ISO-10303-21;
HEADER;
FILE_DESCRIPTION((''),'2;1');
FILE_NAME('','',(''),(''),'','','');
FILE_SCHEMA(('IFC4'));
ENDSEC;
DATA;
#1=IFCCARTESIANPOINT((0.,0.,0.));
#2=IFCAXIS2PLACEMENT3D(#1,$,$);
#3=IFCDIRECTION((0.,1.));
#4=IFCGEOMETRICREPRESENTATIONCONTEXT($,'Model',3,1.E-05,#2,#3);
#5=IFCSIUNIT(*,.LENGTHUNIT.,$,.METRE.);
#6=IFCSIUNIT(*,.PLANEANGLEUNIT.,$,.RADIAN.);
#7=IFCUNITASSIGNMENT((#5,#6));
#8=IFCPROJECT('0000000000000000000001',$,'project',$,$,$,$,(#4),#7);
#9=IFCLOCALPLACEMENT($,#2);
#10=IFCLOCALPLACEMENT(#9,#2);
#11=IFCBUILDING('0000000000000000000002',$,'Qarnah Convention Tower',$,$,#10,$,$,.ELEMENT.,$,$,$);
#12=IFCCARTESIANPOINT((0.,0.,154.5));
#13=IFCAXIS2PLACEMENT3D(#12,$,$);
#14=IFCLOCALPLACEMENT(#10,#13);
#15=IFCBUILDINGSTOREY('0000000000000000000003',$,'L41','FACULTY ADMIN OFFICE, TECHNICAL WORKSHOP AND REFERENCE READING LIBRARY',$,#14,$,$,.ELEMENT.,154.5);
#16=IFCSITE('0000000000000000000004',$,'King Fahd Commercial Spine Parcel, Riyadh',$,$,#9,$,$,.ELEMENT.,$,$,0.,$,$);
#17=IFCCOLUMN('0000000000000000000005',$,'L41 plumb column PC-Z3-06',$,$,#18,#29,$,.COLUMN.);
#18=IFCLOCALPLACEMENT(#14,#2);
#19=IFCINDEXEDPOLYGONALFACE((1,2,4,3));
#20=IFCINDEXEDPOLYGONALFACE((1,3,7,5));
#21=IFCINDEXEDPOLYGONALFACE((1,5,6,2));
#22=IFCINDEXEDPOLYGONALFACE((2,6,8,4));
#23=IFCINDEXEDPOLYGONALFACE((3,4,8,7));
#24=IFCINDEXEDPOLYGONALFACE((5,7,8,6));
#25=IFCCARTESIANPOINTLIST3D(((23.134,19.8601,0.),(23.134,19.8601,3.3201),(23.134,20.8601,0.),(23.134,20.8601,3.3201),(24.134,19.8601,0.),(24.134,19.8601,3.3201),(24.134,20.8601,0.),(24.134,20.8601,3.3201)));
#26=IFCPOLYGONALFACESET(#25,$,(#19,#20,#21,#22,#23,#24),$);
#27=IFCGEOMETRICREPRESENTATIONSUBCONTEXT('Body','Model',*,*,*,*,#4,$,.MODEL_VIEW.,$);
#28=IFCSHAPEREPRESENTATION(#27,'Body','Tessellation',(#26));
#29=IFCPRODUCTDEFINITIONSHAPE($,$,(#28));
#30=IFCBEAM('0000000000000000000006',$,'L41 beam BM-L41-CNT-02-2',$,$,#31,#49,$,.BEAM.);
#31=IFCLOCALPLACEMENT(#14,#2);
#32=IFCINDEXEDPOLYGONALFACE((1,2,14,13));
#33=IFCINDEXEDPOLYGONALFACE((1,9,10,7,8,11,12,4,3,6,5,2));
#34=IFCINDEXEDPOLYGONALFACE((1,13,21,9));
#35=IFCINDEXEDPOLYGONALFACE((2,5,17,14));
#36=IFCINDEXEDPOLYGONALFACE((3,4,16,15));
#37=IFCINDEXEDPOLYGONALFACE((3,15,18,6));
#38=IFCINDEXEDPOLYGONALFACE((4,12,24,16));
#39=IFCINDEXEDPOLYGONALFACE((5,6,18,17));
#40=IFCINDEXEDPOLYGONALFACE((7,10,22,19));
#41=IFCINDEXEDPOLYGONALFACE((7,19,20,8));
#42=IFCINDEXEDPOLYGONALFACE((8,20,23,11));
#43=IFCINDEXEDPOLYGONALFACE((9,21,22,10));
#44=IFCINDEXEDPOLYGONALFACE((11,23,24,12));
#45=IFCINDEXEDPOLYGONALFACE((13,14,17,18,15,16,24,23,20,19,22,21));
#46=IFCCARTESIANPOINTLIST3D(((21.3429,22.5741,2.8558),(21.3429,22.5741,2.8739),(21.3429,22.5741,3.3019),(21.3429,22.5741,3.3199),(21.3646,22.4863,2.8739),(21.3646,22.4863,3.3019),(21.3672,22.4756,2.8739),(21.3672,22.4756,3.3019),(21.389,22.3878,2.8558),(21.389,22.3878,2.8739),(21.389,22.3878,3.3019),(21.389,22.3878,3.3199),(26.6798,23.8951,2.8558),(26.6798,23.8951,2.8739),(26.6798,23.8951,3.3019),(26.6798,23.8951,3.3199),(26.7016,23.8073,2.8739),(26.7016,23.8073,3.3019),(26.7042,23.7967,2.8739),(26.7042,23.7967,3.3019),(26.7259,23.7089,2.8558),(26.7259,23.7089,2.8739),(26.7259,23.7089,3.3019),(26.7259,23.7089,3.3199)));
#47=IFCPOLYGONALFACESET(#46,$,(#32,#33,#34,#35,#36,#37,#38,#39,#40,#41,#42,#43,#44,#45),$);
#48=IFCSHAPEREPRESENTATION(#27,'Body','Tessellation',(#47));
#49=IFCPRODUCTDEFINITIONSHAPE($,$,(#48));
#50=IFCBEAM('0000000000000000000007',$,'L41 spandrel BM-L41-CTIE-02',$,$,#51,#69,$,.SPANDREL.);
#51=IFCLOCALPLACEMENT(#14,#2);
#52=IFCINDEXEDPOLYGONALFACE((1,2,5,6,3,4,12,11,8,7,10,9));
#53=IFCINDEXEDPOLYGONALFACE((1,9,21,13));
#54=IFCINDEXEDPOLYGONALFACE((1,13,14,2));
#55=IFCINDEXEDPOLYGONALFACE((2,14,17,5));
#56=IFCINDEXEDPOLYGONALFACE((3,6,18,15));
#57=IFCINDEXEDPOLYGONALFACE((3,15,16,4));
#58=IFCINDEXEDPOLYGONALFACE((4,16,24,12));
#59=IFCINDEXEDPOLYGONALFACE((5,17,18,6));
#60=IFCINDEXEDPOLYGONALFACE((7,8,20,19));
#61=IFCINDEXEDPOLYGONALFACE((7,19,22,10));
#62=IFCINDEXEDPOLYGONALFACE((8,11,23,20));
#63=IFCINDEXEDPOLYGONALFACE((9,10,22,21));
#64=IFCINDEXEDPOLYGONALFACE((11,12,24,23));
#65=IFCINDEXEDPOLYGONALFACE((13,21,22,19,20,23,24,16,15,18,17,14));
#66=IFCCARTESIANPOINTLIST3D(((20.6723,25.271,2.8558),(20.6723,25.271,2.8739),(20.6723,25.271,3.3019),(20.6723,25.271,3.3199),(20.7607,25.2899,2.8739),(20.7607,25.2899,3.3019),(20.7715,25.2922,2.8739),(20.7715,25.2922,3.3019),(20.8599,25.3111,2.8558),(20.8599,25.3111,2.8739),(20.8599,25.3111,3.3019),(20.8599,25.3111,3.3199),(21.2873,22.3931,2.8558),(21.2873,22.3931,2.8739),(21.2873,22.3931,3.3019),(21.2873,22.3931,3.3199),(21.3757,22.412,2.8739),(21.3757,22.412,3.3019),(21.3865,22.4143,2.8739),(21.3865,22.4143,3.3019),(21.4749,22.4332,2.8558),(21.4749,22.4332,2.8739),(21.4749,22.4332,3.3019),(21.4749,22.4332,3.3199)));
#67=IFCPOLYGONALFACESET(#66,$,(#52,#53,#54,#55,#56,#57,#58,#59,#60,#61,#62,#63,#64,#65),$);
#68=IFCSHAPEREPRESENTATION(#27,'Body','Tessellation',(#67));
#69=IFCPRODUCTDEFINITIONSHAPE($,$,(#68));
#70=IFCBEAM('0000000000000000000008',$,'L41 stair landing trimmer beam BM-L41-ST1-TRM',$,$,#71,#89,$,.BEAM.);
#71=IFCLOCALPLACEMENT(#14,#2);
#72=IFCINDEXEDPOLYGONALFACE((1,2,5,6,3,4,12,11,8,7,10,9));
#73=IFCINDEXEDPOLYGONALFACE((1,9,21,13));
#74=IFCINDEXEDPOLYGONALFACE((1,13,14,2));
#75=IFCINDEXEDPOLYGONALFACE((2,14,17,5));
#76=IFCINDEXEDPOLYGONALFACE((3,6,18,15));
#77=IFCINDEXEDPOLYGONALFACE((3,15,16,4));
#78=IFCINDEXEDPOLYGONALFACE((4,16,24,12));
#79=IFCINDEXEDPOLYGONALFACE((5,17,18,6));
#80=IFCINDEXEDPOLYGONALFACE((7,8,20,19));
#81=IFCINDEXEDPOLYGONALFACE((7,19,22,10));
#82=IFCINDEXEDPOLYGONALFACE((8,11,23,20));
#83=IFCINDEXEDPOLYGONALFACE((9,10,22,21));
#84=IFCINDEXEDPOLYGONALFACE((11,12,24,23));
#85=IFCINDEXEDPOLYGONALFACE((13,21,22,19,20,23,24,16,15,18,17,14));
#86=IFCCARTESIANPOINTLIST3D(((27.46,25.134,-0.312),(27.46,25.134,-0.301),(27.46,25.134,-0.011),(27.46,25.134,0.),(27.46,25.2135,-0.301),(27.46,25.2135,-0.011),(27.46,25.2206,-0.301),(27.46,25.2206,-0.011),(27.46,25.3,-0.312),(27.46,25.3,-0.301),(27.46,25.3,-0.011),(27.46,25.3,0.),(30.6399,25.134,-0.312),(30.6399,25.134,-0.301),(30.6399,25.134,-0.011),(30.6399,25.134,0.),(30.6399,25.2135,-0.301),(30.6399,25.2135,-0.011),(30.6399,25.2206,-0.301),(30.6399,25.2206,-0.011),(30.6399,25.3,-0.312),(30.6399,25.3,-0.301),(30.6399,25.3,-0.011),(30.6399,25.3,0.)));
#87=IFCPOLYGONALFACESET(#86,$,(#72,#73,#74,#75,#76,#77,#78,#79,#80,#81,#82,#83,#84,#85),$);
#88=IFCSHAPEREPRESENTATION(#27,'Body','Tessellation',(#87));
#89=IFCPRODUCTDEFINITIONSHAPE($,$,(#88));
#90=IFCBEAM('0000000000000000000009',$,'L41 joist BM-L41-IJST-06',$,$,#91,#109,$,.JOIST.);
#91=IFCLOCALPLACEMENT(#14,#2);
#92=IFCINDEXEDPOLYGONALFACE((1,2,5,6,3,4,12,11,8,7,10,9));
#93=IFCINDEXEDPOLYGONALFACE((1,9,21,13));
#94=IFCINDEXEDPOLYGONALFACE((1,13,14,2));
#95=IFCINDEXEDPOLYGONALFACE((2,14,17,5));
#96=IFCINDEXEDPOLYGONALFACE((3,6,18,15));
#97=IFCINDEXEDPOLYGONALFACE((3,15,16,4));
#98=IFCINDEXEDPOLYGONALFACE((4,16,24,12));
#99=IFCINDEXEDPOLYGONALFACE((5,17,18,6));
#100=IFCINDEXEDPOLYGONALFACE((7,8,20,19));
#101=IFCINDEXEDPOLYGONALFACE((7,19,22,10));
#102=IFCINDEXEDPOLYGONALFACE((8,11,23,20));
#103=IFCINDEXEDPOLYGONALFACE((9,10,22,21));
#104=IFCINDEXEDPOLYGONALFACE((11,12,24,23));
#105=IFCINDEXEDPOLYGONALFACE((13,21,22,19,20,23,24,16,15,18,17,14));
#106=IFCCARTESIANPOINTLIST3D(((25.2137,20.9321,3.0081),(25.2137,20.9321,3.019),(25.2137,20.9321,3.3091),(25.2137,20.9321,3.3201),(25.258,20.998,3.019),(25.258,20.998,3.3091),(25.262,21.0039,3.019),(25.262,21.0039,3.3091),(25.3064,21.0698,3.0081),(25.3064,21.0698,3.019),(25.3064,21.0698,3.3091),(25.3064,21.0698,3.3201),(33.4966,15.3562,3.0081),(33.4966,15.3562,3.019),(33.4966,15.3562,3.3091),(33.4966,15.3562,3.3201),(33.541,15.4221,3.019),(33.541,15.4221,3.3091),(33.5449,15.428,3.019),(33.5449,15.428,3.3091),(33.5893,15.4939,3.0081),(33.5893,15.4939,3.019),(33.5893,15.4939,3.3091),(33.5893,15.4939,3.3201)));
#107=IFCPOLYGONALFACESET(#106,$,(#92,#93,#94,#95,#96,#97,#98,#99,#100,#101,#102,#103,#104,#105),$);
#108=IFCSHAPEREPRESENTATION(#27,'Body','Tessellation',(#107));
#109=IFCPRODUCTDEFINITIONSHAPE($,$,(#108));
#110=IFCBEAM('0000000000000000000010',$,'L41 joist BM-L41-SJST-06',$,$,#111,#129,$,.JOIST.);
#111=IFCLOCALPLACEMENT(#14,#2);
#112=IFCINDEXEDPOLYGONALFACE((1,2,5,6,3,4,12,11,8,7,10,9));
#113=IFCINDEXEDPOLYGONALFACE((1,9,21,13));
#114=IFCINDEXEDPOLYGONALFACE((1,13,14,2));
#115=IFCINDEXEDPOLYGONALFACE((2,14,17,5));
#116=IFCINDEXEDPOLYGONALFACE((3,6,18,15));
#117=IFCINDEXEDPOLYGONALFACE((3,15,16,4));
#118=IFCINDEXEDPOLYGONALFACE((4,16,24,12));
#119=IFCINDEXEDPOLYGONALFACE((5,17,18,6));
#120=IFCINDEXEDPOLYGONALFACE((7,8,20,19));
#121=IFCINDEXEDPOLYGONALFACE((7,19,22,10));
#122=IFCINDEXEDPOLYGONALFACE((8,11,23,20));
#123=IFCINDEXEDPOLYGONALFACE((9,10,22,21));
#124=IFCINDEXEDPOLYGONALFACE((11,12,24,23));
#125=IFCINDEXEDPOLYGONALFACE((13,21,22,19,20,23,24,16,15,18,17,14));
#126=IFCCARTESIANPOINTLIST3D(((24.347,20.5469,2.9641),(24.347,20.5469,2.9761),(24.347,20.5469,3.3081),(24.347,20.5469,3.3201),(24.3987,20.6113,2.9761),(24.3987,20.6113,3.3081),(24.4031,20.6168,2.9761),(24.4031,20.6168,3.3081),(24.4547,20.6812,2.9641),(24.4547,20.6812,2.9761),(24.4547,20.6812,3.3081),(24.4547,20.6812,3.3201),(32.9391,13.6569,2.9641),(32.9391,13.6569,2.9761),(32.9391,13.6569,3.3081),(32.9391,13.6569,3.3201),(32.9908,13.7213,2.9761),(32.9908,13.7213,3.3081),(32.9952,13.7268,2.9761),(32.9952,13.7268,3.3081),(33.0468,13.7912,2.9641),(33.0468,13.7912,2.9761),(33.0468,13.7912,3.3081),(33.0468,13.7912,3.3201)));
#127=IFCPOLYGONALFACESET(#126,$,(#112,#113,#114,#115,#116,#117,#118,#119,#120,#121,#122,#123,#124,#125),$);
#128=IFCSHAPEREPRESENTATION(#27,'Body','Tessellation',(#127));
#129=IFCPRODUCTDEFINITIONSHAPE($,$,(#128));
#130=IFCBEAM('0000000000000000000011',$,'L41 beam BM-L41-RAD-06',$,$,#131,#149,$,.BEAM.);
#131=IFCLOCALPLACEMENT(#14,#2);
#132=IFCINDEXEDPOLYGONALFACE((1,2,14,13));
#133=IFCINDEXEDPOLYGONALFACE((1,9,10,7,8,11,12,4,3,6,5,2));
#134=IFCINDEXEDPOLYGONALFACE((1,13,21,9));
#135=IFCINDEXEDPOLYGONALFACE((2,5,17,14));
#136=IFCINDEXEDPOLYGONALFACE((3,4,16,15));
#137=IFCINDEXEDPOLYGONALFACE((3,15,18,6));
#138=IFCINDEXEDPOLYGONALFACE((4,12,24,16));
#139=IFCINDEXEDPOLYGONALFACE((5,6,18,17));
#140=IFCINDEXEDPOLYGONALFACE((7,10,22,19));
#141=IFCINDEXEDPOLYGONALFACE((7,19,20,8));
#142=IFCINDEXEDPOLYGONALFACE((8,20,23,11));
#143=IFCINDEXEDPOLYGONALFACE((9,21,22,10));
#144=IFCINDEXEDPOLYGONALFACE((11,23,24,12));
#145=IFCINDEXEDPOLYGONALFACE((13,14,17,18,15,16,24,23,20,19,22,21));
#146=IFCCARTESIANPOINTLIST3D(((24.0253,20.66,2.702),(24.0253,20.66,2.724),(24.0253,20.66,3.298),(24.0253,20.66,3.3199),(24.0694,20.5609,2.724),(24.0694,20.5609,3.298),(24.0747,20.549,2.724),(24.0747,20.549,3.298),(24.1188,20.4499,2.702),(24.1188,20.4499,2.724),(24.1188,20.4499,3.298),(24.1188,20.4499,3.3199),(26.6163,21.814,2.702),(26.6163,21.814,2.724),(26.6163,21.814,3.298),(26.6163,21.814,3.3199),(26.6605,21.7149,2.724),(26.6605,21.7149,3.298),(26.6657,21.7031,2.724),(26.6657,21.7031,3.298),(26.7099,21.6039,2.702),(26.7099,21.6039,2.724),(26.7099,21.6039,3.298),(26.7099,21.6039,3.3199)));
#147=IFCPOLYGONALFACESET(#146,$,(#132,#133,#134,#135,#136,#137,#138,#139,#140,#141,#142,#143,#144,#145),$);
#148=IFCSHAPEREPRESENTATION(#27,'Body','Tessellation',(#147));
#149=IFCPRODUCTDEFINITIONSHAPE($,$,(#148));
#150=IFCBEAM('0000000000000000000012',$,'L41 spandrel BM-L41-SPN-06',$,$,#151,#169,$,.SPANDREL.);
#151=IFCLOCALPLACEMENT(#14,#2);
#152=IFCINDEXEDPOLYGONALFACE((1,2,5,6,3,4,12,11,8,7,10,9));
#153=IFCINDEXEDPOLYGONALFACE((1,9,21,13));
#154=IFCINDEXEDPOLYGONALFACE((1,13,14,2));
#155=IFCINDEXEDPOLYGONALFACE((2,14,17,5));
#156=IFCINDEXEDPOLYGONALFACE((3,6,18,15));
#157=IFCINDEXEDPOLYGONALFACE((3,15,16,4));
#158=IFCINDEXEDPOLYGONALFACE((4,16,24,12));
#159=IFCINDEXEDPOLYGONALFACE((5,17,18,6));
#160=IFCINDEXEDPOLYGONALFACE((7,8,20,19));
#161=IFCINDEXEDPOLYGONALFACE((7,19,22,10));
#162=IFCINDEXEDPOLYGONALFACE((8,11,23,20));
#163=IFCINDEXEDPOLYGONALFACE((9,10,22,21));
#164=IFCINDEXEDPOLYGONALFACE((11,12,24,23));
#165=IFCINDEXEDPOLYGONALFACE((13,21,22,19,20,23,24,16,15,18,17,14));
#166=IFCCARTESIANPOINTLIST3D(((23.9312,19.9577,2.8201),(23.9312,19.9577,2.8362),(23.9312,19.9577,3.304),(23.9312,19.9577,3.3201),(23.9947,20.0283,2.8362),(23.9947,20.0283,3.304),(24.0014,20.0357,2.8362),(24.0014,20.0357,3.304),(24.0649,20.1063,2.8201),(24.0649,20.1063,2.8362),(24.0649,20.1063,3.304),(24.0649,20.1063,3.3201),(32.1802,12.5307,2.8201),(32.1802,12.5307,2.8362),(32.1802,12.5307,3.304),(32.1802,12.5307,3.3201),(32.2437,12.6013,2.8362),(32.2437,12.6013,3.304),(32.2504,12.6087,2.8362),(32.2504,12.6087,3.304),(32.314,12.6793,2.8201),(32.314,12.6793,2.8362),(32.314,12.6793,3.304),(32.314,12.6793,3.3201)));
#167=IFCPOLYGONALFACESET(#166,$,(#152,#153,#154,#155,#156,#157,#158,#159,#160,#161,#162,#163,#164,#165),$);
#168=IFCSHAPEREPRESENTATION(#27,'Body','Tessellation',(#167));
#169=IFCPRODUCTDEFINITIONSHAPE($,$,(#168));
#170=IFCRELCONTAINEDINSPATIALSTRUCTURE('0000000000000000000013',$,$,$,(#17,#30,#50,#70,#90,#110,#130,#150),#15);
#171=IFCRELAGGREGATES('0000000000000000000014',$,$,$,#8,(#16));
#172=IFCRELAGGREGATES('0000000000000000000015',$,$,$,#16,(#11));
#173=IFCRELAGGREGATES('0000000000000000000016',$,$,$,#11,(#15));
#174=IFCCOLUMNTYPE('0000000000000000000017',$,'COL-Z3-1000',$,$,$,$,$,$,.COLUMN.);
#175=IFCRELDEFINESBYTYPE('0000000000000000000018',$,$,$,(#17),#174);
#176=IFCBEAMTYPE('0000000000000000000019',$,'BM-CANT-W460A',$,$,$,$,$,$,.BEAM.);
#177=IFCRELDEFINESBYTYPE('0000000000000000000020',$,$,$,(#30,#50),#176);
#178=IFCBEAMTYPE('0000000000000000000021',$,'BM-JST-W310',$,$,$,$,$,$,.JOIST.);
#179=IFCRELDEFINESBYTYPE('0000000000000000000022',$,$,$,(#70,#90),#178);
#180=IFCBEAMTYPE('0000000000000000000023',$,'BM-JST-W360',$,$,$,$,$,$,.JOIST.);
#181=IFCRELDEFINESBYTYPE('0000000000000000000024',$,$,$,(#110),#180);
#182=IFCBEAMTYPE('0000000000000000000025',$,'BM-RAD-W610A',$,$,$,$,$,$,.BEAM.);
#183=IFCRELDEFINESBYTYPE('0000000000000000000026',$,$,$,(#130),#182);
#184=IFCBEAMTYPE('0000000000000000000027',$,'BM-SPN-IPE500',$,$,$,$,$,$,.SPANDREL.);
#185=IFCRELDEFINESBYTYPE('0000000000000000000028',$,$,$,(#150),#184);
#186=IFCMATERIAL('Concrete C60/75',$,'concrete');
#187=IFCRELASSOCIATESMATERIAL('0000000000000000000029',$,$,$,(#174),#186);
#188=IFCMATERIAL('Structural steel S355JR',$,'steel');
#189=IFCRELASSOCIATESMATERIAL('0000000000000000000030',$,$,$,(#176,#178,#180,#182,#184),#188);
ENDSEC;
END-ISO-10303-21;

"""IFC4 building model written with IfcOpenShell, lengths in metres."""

from ifc_helpers import new_model, si_unit, direction, frame, origin, origin_2d, place, context, subcontext, project, spatial, rectangle, i_section, extrude, material, material_profile, profile_set, type_object, element, save


model = new_model("IFC4")

# Units and contexts
model_context = context("Model", 3, precision=1e-05, world=origin(), true_north=direction((0.0, 1.0)))
body_context = subcontext(model_context, "Body", "Model", "MODEL_VIEW")
ifc_project = project(units=[si_unit("LENGTHUNIT", "METRE"), si_unit("PLANEANGLEUNIT", "RADIAN")], contexts=[model_context])

# Site, building, storey
site_placement = place(None, origin())
site = spatial("IfcSite", under=ifc_project, at=site_placement, Name="King Fahd Commercial Spine Parcel, Riyadh", CompositionType="ELEMENT", RefElevation=0.0)
building_placement = place(site_placement, origin())
building = spatial("IfcBuilding", under=site, at=building_placement, Name="Qarnah Convention Tower", CompositionType="ELEMENT")
storey_placement = place(building_placement, frame((0.0, 0.0, 154.5)))
storey = spatial("IfcBuildingStorey", under=building, at=storey_placement, Name="L41", Description="FACULTY ADMIN OFFICE, TECHNICAL WORKSHOP AND REFERENCE READING LIBRARY", CompositionType="ELEMENT", Elevation=154.5)

# Column
ifc_material_1 = material(Name="Concrete C60/75", Category="concrete")
ifc_material_profile_1 = material_profile(ifc_material_1, rectangle(XDim=1.0, YDim=1.0, at=origin_2d()), Name="RC-COL-1000X1000")
ifc_profile_set_1 = profile_set([ifc_material_profile_1], Name="Concrete C60/75")
column_type = type_object("IfcColumnType", Name="COL-Z3-1000", PredefinedType="COLUMN", material=ifc_profile_set_1)
column_placement = place(storey_placement, frame((23.634, 20.3601, 0.0), z_axis=(0.0, 0.0, 1.0), x_axis=(1.0, 0.0, 0.0)))
element("IfcColumn", 1, at=column_placement, inside=storey, type_object=column_type, Name="L41 plumb column PC-Z3-06", PredefinedType="COLUMN", context=body_context, shape_type="SweptSolid", body=[
    extrude(rectangle(XDim=1.0, YDim=1.0, at=origin_2d()), origin(), (0.0, 0.0, 1.0), 3.3201),
])

# Beams
ifc_material_2 = material(Name="Structural steel S355JR", Category="steel")
ifc_material_profile_2 = material_profile(ifc_material_2, i_section(OverallWidth=0.1919, OverallDepth=0.4641, WebThickness=0.011, FlangeThickness=0.0181, at=origin_2d()), Name="W460X89")
ifc_profile_set_2 = profile_set([ifc_material_profile_2], Name="Structural steel S355JR")
beam_type_1 = type_object("IfcBeamType", Name="BM-CANT-W460A", PredefinedType="BEAM", material=ifc_profile_set_2)
beam_1_placement = place(storey_placement, frame((26.7029, 23.802, 3.0879), z_axis=(-0.970704, -0.240278, 0.0), x_axis=(0.240278, -0.970704, 0.0)))
element("IfcBeam", 2, at=beam_1_placement, inside=storey, type_object=beam_type_1, Name="L41 beam BM-L41-CNT-02-2", PredefinedType="BEAM", context=body_context, shape_type="SweptSolid", body=[
    extrude(i_section(OverallWidth=0.1919, OverallDepth=0.4641, WebThickness=0.011, FlangeThickness=0.0181, at=origin_2d()), origin(), (0.0, 0.0, 1.0), 5.498),
])
beam_2_placement = place(storey_placement, frame((20.7661, 25.291, 3.0879), z_axis=(0.208974, -0.977921, 0.0), x_axis=(0.977921, 0.208974, 0.0)))
element("IfcBeam", 3, at=beam_2_placement, inside=storey, type_object=beam_type_1, Name="L41 spandrel BM-L41-CTIE-02", PredefinedType="SPANDREL", context=body_context, shape_type="SweptSolid", body=[
    extrude(i_section(OverallWidth=0.1919, OverallDepth=0.4641, WebThickness=0.011, FlangeThickness=0.0181, at=origin_2d()), origin(), (0.0, 0.0, 1.0), 2.9429),
])
ifc_material_profile_3 = material_profile(ifc_material_2, i_section(OverallWidth=0.166, OverallDepth=0.312, WebThickness=0.0071, FlangeThickness=0.011, at=origin_2d()), Name="W310X45")
ifc_profile_set_3 = profile_set([ifc_material_profile_3], Name="Structural steel S355JR")
beam_type_2 = type_object("IfcBeamType", Name="BM-JST-W310", PredefinedType="JOIST", material=ifc_profile_set_3)
beam_3_placement = place(storey_placement, frame((27.46, 25.217, -0.156), z_axis=(1.0, 0.0, 0.0), x_axis=(0.0, 1.0, 0.0)))
element("IfcBeam", 4, at=beam_3_placement, inside=storey, type_object=beam_type_2, Name="L41 stair landing trimmer beam BM-L41-ST1-TRM", PredefinedType="BEAM", context=body_context, shape_type="SweptSolid", body=[
    extrude(i_section(OverallWidth=0.166, OverallDepth=0.312, WebThickness=0.0071, FlangeThickness=0.011, at=origin_2d()), origin(), (0.0, 0.0, 1.0), 3.1799),
])
beam_4_placement = place(storey_placement, frame((25.26, 21.001, 3.1641), z_axis=(0.829548, -0.558436, 0.0), x_axis=(0.558436, 0.829548, 0.0)))
element("IfcBeam", 5, at=beam_4_placement, inside=storey, type_object=beam_type_2, Name="L41 joist BM-L41-IJST-06", PredefinedType="JOIST", context=body_context, shape_type="SweptSolid", body=[
    extrude(i_section(OverallWidth=0.166, OverallDepth=0.312, WebThickness=0.0071, FlangeThickness=0.011, at=origin_2d()), origin(), (0.0, 0.0, 1.0), 9.9849),
])
ifc_material_profile_4 = material_profile(ifc_material_2, i_section(OverallWidth=0.1721, OverallDepth=0.356, WebThickness=0.0071, FlangeThickness=0.012, at=origin_2d()), Name="W360X51")
ifc_profile_set_4 = profile_set([ifc_material_profile_4], Name="Structural steel S355JR")
beam_type_3 = type_object("IfcBeamType", Name="BM-JST-W360", PredefinedType="JOIST", material=ifc_profile_set_4)
beam_5_placement = place(storey_placement, frame((24.4009, 20.614, 3.1421), z_axis=(0.780148, -0.625595, 0.0), x_axis=(0.625595, 0.780148, 0.0)))
element("IfcBeam", 6, at=beam_5_placement, inside=storey, type_object=beam_type_3, Name="L41 joist BM-L41-SJST-06", PredefinedType="JOIST", context=body_context, shape_type="SweptSolid", body=[
    extrude(i_section(OverallWidth=0.1721, OverallDepth=0.356, WebThickness=0.0071, FlangeThickness=0.012, at=origin_2d()), origin(), (0.0, 0.0, 1.0), 11.0134),
])
ifc_material_profile_5 = material_profile(ifc_material_2, i_section(OverallWidth=0.23, OverallDepth=0.6179, WebThickness=0.0129, FlangeThickness=0.022, at=origin_2d()), Name="W610X140")
ifc_profile_set_5 = profile_set([ifc_material_profile_5], Name="Structural steel S355JR")
beam_type_4 = type_object("IfcBeamType", Name="BM-RAD-W610A", PredefinedType="BEAM", material=ifc_profile_set_5)
beam_6_placement = place(storey_placement, frame((26.6631, 21.709, 3.011), z_axis=(-0.913488, -0.406865, 0.0), x_axis=(0.406865, -0.913488, 0.0)))
element("IfcBeam", 7, at=beam_6_placement, inside=storey, type_object=beam_type_4, Name="L41 beam BM-L41-RAD-06", PredefinedType="BEAM", context=body_context, shape_type="SweptSolid", body=[
    extrude(i_section(OverallWidth=0.23, OverallDepth=0.6179, WebThickness=0.0129, FlangeThickness=0.022, at=origin_2d()), origin(), (0.0, 0.0, 1.0), 2.8364),
])
ifc_material_profile_6 = material_profile(ifc_material_2, i_section(OverallWidth=0.2, OverallDepth=0.5, WebThickness=0.01, FlangeThickness=0.0161, at=origin_2d()), Name="IPE500")
ifc_profile_set_6 = profile_set([ifc_material_profile_6], Name="Structural steel S355JR")
beam_type_5 = type_object("IfcBeamType", Name="BM-SPN-IPE500", PredefinedType="SPANDREL", material=ifc_profile_set_6)
beam_7_placement = place(storey_placement, frame((23.998, 20.032, 3.0701), z_axis=(0.743165, -0.669108, 0.0), x_axis=(0.669108, 0.743165, 0.0)))
element("IfcBeam", 8, at=beam_7_placement, inside=storey, type_object=beam_type_5, Name="L41 spandrel BM-L41-SPN-06", PredefinedType="SPANDREL", context=body_context, shape_type="SweptSolid", body=[
    extrude(i_section(OverallWidth=0.2, OverallDepth=0.5, WebThickness=0.01, FlangeThickness=0.0161, at=origin_2d()), origin(), (0.0, 0.0, 1.0), 11.0999),
])

save(model, "model.ifc")
